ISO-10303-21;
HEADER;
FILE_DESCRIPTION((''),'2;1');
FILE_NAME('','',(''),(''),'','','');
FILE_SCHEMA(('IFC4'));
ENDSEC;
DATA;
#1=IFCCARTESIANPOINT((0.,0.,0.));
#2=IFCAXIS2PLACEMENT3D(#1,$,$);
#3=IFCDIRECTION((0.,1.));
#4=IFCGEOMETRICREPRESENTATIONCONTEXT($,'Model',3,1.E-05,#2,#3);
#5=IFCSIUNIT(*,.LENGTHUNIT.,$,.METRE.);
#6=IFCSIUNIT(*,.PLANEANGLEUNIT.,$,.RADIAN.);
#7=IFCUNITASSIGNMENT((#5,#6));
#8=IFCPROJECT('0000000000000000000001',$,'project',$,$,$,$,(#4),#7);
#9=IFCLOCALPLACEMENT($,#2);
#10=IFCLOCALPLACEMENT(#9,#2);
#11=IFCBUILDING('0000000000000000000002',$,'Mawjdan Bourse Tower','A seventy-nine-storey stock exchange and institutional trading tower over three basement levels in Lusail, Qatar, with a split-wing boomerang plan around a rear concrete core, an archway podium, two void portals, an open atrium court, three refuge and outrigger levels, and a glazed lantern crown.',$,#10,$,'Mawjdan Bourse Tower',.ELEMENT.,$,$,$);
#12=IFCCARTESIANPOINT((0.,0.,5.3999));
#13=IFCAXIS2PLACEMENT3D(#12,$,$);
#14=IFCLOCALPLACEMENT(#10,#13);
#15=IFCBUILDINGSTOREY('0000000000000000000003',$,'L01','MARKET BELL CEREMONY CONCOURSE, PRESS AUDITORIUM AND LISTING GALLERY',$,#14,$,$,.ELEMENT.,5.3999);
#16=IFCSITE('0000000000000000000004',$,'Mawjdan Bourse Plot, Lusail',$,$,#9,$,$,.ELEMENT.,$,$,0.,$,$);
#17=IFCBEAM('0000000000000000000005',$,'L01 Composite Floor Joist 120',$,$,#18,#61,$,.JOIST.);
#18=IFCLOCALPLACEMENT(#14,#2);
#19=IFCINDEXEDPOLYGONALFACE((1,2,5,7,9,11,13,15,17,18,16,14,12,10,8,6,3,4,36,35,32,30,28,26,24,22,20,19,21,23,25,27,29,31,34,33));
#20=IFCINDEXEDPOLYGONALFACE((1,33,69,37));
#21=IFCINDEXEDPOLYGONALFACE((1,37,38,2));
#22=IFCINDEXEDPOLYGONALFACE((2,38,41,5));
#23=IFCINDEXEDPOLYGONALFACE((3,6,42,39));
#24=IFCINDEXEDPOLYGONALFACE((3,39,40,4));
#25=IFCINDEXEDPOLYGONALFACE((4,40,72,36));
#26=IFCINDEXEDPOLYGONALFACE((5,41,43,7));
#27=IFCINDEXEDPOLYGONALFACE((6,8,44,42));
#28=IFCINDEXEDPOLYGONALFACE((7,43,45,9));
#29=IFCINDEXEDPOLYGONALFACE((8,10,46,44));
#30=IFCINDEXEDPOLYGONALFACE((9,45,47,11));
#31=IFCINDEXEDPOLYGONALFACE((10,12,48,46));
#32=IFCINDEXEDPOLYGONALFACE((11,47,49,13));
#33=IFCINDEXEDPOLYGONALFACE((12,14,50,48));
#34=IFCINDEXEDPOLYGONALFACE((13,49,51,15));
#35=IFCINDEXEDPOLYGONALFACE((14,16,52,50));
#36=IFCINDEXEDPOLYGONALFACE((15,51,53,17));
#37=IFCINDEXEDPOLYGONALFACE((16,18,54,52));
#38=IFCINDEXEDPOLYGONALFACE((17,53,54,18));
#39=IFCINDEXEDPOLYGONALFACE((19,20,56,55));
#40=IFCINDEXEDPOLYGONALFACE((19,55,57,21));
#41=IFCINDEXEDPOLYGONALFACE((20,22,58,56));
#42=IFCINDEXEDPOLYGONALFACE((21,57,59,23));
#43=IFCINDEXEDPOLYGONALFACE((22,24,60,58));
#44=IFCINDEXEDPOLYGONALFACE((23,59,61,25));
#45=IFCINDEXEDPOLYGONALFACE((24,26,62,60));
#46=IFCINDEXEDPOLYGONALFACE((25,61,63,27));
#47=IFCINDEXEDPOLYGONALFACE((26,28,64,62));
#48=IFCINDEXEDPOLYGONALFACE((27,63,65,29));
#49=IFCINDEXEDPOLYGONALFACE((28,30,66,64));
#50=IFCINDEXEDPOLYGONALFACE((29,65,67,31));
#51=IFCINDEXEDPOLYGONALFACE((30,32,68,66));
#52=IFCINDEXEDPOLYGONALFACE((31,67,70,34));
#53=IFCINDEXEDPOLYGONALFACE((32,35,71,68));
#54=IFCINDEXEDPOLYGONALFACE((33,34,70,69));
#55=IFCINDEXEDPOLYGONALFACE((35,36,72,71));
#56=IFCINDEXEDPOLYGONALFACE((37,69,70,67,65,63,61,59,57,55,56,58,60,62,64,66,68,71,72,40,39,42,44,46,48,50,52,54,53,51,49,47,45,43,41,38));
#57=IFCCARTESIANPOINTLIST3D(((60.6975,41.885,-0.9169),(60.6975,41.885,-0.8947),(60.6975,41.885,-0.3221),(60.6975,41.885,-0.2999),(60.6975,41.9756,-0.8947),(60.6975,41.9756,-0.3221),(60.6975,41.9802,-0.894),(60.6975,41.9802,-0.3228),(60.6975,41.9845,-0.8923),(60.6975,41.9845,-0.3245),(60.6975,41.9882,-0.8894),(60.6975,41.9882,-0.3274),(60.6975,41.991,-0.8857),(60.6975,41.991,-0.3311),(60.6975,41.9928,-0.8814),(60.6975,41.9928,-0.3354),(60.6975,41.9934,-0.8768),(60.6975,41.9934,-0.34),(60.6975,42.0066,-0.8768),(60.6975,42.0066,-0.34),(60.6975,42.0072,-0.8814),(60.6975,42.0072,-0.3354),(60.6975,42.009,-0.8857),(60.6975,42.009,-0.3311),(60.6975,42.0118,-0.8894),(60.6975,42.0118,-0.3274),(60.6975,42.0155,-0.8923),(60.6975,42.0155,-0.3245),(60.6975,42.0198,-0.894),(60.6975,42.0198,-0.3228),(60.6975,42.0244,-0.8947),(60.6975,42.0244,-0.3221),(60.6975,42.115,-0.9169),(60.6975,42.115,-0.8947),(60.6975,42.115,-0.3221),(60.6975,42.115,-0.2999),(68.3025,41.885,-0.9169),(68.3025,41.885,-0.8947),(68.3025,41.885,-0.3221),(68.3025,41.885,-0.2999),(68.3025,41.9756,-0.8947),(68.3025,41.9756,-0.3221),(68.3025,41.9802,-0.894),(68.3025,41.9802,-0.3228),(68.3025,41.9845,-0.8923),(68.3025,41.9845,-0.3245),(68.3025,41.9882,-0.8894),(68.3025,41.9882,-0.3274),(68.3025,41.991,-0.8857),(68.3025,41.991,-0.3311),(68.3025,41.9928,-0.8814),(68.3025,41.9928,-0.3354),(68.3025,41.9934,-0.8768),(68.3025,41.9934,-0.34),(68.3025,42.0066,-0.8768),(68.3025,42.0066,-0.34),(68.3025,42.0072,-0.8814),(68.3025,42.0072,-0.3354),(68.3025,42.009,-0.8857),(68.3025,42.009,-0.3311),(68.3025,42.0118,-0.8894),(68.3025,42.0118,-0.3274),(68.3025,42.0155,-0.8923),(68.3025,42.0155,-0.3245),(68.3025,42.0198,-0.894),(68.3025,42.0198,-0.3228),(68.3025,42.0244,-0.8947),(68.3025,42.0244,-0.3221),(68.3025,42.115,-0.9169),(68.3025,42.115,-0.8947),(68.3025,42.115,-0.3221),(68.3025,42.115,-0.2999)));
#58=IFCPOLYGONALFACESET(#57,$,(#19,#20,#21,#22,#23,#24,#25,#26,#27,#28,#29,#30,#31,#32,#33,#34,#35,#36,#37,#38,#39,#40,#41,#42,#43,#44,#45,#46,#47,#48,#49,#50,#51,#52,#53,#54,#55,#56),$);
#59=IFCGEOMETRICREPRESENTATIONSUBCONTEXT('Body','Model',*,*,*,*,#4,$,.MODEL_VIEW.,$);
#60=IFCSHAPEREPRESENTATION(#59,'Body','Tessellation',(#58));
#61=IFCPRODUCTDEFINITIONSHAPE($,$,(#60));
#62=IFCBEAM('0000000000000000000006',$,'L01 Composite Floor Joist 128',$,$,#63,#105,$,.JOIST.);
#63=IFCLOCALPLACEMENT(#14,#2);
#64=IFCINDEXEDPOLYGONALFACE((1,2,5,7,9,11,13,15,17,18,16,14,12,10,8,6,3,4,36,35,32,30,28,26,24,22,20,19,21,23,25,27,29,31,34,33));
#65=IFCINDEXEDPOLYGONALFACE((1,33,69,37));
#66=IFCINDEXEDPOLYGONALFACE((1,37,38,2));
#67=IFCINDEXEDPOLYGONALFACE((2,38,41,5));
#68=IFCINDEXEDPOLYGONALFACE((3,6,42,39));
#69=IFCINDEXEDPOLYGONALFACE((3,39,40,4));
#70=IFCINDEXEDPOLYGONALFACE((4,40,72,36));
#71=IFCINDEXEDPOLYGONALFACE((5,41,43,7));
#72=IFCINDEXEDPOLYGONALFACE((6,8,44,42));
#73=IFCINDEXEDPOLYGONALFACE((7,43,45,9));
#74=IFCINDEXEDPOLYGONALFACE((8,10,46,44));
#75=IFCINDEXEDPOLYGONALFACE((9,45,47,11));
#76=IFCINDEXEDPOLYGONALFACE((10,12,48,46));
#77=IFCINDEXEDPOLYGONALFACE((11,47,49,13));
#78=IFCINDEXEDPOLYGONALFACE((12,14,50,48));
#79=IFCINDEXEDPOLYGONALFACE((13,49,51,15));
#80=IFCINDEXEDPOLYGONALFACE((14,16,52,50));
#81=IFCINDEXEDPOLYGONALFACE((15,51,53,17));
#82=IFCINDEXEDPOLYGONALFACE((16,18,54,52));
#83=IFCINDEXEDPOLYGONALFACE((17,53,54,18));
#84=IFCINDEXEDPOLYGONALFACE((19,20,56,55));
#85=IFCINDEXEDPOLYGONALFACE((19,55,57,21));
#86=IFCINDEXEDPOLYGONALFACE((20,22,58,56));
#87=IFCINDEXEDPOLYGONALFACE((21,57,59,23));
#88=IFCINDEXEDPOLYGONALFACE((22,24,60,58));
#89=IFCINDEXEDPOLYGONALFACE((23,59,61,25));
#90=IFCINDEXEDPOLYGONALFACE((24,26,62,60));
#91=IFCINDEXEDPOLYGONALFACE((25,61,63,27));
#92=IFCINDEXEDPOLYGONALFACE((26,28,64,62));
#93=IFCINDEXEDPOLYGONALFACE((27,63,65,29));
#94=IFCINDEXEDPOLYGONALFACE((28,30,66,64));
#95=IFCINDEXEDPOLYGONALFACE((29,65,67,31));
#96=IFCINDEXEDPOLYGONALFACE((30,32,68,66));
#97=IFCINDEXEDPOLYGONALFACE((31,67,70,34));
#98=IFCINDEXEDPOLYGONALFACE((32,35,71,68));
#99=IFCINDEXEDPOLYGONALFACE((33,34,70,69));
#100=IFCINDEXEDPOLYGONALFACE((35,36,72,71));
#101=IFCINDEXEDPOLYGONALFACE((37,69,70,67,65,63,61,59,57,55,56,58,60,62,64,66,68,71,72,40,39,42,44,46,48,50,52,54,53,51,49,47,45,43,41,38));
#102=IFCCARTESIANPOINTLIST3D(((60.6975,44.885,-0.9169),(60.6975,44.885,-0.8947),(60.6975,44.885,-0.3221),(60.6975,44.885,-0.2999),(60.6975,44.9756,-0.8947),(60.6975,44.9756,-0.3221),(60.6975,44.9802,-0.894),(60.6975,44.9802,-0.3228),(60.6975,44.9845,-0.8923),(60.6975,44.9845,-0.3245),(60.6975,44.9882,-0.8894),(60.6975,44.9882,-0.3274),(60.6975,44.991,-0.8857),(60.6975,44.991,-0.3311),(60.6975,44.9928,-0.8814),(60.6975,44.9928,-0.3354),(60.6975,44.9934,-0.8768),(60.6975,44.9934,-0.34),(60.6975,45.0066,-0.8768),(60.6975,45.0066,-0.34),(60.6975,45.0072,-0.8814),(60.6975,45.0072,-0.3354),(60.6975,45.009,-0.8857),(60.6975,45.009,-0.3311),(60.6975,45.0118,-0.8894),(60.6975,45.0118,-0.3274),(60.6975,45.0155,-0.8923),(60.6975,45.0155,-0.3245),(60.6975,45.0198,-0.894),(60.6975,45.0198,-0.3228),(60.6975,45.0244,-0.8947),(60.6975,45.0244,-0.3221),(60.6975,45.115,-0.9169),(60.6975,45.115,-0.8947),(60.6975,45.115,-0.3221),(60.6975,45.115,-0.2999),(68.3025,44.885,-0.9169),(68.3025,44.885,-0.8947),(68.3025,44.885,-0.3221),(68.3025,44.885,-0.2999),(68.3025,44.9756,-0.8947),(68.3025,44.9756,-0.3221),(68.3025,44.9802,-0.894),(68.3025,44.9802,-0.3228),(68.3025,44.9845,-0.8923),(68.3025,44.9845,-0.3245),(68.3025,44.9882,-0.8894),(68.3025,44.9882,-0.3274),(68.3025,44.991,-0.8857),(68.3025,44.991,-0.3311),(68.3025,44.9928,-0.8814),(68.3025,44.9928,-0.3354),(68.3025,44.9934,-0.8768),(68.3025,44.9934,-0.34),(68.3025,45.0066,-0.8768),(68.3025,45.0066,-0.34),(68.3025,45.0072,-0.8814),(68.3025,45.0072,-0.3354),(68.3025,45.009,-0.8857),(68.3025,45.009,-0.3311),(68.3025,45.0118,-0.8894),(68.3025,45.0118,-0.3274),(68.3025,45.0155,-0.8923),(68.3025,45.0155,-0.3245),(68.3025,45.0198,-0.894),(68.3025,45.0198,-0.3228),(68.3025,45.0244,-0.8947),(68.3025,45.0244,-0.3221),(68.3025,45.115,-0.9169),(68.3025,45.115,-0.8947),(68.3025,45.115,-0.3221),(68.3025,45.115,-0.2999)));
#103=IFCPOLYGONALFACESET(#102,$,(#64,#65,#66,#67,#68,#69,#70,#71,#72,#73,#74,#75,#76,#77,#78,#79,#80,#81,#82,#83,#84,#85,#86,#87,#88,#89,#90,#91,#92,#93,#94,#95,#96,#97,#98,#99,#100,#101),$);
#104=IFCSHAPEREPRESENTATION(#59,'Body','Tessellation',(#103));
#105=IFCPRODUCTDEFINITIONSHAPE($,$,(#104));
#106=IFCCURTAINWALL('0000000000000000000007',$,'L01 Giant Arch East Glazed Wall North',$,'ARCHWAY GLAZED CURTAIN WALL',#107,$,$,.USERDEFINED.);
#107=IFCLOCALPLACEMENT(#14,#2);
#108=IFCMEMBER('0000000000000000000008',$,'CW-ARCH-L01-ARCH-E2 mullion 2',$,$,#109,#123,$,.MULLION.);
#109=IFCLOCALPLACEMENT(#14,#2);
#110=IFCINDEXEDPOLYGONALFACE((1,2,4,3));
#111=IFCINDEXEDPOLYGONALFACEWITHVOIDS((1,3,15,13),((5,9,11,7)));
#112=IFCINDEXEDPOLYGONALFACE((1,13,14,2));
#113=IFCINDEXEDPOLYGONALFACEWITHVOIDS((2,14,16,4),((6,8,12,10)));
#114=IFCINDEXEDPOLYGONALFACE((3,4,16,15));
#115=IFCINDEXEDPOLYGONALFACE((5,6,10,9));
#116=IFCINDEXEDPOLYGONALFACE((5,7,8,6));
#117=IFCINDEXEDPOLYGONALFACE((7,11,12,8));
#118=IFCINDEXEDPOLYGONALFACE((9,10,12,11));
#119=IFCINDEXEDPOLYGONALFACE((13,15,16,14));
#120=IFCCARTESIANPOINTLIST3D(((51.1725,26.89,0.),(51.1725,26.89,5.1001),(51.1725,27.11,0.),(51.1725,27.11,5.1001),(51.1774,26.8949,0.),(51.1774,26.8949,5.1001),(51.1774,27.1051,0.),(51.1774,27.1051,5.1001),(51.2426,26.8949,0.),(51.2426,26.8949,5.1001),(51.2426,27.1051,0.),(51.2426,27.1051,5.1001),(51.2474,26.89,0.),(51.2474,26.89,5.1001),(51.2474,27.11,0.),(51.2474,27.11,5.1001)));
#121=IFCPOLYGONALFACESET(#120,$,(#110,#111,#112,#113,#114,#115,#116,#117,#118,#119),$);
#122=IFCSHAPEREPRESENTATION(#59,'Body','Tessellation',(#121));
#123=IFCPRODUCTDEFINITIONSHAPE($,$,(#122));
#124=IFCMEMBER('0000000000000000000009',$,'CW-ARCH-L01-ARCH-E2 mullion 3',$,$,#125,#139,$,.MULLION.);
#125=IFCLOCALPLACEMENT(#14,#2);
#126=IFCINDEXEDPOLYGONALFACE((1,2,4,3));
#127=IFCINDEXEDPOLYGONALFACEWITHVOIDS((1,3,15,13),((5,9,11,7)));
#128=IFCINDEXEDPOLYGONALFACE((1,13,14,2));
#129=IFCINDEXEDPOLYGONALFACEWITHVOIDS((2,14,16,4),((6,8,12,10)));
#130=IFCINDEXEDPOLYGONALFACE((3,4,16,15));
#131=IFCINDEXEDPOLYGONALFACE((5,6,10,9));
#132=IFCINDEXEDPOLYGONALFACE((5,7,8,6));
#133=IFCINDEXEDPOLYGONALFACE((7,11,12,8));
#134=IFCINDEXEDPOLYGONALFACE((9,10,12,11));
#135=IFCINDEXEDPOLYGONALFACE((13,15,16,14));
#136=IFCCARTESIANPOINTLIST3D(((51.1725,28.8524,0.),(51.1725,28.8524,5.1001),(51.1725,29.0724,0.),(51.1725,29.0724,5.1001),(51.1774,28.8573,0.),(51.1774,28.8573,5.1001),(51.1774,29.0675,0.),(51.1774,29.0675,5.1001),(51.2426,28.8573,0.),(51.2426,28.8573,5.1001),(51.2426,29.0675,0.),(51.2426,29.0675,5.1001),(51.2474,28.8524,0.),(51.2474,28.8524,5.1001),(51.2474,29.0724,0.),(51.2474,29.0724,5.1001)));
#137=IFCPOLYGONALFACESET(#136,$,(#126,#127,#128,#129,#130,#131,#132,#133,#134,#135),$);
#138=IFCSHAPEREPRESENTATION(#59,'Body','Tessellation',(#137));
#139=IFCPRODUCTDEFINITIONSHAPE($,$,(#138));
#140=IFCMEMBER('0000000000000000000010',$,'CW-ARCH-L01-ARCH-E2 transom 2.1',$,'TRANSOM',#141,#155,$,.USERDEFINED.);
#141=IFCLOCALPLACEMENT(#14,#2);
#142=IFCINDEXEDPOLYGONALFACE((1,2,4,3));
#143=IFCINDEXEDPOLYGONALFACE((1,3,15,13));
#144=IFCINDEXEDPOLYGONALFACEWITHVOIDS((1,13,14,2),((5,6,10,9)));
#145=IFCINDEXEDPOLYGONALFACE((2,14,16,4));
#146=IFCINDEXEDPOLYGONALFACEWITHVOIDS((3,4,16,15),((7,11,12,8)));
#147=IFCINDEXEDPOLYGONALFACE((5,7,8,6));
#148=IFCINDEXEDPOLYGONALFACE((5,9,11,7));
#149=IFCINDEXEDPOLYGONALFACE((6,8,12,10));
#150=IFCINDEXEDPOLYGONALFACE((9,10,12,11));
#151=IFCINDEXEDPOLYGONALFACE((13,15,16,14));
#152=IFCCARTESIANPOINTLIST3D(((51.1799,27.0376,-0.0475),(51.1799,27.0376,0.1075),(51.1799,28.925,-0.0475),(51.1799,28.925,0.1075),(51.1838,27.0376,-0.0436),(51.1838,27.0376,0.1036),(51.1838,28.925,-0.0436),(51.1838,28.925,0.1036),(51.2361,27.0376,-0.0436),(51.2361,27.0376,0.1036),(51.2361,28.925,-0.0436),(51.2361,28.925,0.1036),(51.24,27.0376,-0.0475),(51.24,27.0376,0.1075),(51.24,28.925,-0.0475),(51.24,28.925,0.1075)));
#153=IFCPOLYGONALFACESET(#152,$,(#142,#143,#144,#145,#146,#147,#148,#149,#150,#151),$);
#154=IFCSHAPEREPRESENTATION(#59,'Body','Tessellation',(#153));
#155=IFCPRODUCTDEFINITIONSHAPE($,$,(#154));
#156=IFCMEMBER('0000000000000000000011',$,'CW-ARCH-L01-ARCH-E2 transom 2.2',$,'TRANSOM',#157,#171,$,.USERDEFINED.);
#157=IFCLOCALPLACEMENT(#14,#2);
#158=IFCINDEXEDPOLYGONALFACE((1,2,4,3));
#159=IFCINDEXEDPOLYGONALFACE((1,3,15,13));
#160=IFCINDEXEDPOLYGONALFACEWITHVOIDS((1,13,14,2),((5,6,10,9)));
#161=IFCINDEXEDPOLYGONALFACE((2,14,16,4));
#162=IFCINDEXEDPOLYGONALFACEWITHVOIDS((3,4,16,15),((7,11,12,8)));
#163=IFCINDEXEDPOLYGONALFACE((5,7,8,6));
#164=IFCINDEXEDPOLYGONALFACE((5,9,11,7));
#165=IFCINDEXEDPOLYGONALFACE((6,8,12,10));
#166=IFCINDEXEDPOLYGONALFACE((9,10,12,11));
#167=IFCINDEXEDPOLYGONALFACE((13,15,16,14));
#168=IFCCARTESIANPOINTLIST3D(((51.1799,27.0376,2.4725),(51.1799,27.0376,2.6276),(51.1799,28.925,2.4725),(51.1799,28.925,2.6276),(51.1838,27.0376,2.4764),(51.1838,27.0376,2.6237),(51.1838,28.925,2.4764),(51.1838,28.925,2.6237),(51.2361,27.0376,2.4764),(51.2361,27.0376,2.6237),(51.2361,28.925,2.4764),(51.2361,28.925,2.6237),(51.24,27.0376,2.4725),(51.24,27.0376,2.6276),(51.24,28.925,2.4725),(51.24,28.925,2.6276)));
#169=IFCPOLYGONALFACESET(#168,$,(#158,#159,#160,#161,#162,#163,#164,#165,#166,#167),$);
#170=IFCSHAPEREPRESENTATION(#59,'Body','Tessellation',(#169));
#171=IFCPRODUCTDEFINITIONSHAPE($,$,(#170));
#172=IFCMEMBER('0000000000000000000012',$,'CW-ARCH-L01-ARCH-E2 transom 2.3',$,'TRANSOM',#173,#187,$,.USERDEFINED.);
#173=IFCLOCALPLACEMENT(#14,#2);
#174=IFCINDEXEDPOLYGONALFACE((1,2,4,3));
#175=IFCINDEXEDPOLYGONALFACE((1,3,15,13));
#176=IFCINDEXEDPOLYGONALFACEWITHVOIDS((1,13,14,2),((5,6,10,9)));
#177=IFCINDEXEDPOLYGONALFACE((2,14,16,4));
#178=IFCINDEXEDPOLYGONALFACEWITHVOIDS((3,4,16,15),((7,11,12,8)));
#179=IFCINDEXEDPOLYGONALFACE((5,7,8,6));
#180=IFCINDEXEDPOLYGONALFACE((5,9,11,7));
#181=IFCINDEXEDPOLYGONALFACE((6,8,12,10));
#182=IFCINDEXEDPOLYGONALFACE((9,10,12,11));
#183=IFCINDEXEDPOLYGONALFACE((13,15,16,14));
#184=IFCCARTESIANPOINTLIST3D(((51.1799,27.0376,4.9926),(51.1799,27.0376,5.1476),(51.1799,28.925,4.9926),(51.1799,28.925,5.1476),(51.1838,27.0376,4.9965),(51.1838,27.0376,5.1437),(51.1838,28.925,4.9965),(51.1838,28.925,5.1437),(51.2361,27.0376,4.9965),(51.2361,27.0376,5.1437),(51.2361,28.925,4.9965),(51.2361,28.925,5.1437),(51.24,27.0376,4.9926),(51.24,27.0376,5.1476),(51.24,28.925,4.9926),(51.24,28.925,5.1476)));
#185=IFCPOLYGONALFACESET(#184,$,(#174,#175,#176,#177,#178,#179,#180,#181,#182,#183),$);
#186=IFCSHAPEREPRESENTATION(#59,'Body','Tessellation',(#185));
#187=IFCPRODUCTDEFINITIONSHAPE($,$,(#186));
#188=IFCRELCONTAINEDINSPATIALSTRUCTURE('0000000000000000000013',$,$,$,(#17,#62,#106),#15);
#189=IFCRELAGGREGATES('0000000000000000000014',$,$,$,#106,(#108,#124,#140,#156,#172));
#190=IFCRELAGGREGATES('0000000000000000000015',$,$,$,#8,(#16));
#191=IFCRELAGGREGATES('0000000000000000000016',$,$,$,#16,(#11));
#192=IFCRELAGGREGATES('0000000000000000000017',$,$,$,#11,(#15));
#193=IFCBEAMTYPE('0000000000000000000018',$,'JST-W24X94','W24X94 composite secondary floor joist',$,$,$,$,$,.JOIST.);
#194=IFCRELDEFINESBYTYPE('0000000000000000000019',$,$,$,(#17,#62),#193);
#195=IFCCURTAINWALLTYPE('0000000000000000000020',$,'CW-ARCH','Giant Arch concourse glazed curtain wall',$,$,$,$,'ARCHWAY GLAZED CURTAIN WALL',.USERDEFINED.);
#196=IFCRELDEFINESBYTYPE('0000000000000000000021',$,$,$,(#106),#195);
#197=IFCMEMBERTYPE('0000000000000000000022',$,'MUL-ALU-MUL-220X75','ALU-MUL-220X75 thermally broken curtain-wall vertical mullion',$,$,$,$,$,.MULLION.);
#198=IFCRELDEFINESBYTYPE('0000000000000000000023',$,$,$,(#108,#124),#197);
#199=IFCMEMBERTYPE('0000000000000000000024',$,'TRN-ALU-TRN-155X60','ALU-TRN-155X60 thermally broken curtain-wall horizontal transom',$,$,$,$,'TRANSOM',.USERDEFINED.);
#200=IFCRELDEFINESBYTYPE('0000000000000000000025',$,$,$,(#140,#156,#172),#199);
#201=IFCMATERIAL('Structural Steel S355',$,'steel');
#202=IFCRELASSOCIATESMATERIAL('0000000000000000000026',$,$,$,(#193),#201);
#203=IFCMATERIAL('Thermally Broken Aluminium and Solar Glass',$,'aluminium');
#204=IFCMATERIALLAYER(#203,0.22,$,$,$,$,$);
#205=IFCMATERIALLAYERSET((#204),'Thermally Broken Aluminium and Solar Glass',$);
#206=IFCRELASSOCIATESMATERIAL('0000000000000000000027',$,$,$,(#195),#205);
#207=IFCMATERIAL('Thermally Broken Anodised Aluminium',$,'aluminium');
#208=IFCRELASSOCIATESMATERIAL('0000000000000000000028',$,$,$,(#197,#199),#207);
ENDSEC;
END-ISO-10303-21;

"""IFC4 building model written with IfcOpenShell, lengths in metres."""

from ifc_helpers import new_model, si_unit, direction, frame, origin, origin_2d, place, context, subcontext, project, spatial, hollow_rectangle, i_section, extrude, material, layer, layer_set, material_profile, profile_set, type_object, element, aggregate, save


model = new_model("IFC4")

# Units and contexts
model_context = context("Model", 3, precision=1e-05, world=origin(), true_north=direction((0.0, 1.0)))
body_context = subcontext(model_context, "Body", "Model", "MODEL_VIEW")
ifc_project = project(units=[si_unit("LENGTHUNIT", "METRE"), si_unit("PLANEANGLEUNIT", "RADIAN")], contexts=[model_context])

# Site, building, storey
site_placement = place(None, origin())
site = spatial("IfcSite", under=ifc_project, at=site_placement, Name="Mawjdan Bourse Plot, Lusail", CompositionType="ELEMENT", RefElevation=0.0)
building_placement = place(site_placement, origin())
building = spatial("IfcBuilding", under=site, at=building_placement, Name="Mawjdan Bourse Tower", Description="A seventy-nine-storey stock exchange and institutional trading tower over three basement levels in Lusail, Qatar, with a split-wing boomerang plan around a rear concrete core, an archway podium, two void portals, an open atrium court, three refuge and outrigger levels, and a glazed lantern crown.", LongName="Mawjdan Bourse Tower", CompositionType="ELEMENT")
storey_placement = place(building_placement, frame((0.0, 0.0, 5.3999)))
storey = spatial("IfcBuildingStorey", under=building, at=storey_placement, Name="L01", Description="MARKET BELL CEREMONY CONCOURSE, PRESS AUDITORIUM AND LISTING GALLERY", CompositionType="ELEMENT", Elevation=5.3999)

# Beams
ifc_material_1 = material(Name="Structural Steel S355", Category="steel")
ifc_material_profile_1 = material_profile(ifc_material_1, i_section(OverallWidth=0.23, OverallDepth=0.6169, WebThickness=0.0132, FlangeThickness=0.0222, FilletRadius=0.0178, at=origin_2d()), Name="W24X94")
ifc_profile_set_1 = profile_set([ifc_material_profile_1], Name="Structural Steel S355")
beam_type_1 = type_object("IfcBeamType", Name="JST-W24X94", Description="W24X94 composite secondary floor joist", PredefinedType="JOIST", material=ifc_profile_set_1)
for number, where, z_axis, x_axis, name in (
    (1, (60.6975, 42.0, -0.6084), (1.0, 0.0, 0.0), (0.0, 1.0, 0.0), "L01 Composite Floor Joist 120"),
    (2, (60.6975, 45.0, -0.6084), (1.0, 0.0, 0.0), (0.0, 1.0, 0.0), "L01 Composite Floor Joist 128"),
):
    element("IfcBeam", number, at=place(storey_placement, frame(where, z_axis=z_axis, x_axis=x_axis)), inside=storey, type_object=beam_type_1, Name=name, PredefinedType="JOIST", context=body_context, shape_type="SweptSolid", body=[
        extrude(i_section(OverallWidth=0.23, OverallDepth=0.6169, WebThickness=0.0132, FlangeThickness=0.0222, FilletRadius=0.0178, at=origin_2d()), origin(), (0.0, 0.0, 1.0), 7.605),
    ])

# Curtain wall, members
ifc_material_2 = material(Name="Thermally Broken Aluminium and Solar Glass", Category="aluminium")
ifc_layer_1 = layer(ifc_material_2, 0.22)
ifc_layer_set_1 = layer_set([ifc_layer_1], Name="Thermally Broken Aluminium and Solar Glass")
curtain_wall_type = type_object("IfcCurtainWallType", Name="CW-ARCH", Description="Giant Arch concourse glazed curtain wall", ElementType="ARCHWAY GLAZED CURTAIN WALL", PredefinedType="USERDEFINED", material=ifc_layer_set_1)
curtain_wall_placement = place(storey_placement, origin())
curtain_wall = element("IfcCurtainWall", 3, at=curtain_wall_placement, inside=storey, type_object=curtain_wall_type, Name="L01 Giant Arch East Glazed Wall North", ObjectType="ARCHWAY GLAZED CURTAIN WALL", PredefinedType="USERDEFINED")
ifc_material_3 = material(Name="Thermally Broken Anodised Aluminium", Category="aluminium")
ifc_material_profile_2 = material_profile(ifc_material_3, hollow_rectangle(XDim=0.075, YDim=0.22, WallThickness=0.0049, at=origin_2d()), Name="ALU-MUL-220X75")
ifc_profile_set_2 = profile_set([ifc_material_profile_2], Name="Thermally Broken Anodised Aluminium")
member_type_1 = type_object("IfcMemberType", Name="MUL-ALU-MUL-220X75", Description="ALU-MUL-220X75 thermally broken curtain-wall vertical mullion", PredefinedType="MULLION", material=ifc_profile_set_2)
member_1_placement = place(storey_placement, frame((51.21, 27.0, 0.0), z_axis=(0.0, 0.0, 1.0), x_axis=(-1.0, 0.0, 0.0)))
member_1 = element("IfcMember", 4, at=member_1_placement, type_object=member_type_1, Name="CW-ARCH-L01-ARCH-E2 mullion 2", PredefinedType="MULLION", context=body_context, shape_type="SweptSolid", body=[
    extrude(hollow_rectangle(XDim=0.075, YDim=0.22, WallThickness=0.0049, at=origin_2d()), origin(), (0.0, 0.0, 1.0), 5.1001),
])
member_2_placement = place(storey_placement, frame((51.21, 28.9624, 0.0), z_axis=(0.0, 0.0, 1.0), x_axis=(-1.0, 0.0, 0.0)))
member_2 = element("IfcMember", 5, at=member_2_placement, type_object=member_type_1, Name="CW-ARCH-L01-ARCH-E2 mullion 3", PredefinedType="MULLION", context=body_context, shape_type="SweptSolid", body=[
    extrude(hollow_rectangle(XDim=0.075, YDim=0.22, WallThickness=0.0049, at=origin_2d()), origin(), (0.0, 0.0, 1.0), 5.1001),
])
ifc_material_profile_3 = material_profile(ifc_material_3, hollow_rectangle(XDim=0.0601, YDim=0.155, WallThickness=0.0039, at=origin_2d()), Name="ALU-TRN-155X60")
ifc_profile_set_3 = profile_set([ifc_material_profile_3], Name="Thermally Broken Anodised Aluminium")
member_type_2 = type_object("IfcMemberType", Name="TRN-ALU-TRN-155X60", Description="ALU-TRN-155X60 thermally broken curtain-wall horizontal transom", ElementType="TRANSOM", PredefinedType="USERDEFINED", material=ifc_profile_set_3)
member_3_placement = place(storey_placement, frame((51.21, 27.0376, 0.03), z_axis=(0.0, 1.0, 0.0), x_axis=(-1.0, 0.0, 0.0)))
member_3 = element("IfcMember", 6, at=member_3_placement, type_object=member_type_2, Name="CW-ARCH-L01-ARCH-E2 transom 2.1", ObjectType="TRANSOM", PredefinedType="USERDEFINED", context=body_context, shape_type="SweptSolid", body=[
    extrude(hollow_rectangle(XDim=0.0601, YDim=0.155, WallThickness=0.0039, at=origin_2d()), origin(), (0.0, 0.0, 1.0), 1.8875),
])
member_4_placement = place(storey_placement, frame((51.21, 27.0376, 2.55), z_axis=(0.0, 1.0, 0.0), x_axis=(-1.0, 0.0, 0.0)))
member_4 = element("IfcMember", 7, at=member_4_placement, type_object=member_type_2, Name="CW-ARCH-L01-ARCH-E2 transom 2.2", ObjectType="TRANSOM", PredefinedType="USERDEFINED", context=body_context, shape_type="SweptSolid", body=[
    extrude(hollow_rectangle(XDim=0.0601, YDim=0.155, WallThickness=0.0039, at=origin_2d()), origin(), (0.0, 0.0, 1.0), 1.8875),
])
member_5_placement = place(storey_placement, frame((51.21, 27.0376, 5.0701), z_axis=(0.0, 1.0, 0.0), x_axis=(-1.0, 0.0, 0.0)))
member_5 = element("IfcMember", 8, at=member_5_placement, type_object=member_type_2, Name="CW-ARCH-L01-ARCH-E2 transom 2.3", ObjectType="TRANSOM", PredefinedType="USERDEFINED", context=body_context, shape_type="SweptSolid", body=[
    extrude(hollow_rectangle(XDim=0.0601, YDim=0.155, WallThickness=0.0039, at=origin_2d()), origin(), (0.0, 0.0, 1.0), 1.8875),
])
aggregate(curtain_wall, [member_1, member_2, member_3, member_4, member_5])

save(model, "model.ifc")
